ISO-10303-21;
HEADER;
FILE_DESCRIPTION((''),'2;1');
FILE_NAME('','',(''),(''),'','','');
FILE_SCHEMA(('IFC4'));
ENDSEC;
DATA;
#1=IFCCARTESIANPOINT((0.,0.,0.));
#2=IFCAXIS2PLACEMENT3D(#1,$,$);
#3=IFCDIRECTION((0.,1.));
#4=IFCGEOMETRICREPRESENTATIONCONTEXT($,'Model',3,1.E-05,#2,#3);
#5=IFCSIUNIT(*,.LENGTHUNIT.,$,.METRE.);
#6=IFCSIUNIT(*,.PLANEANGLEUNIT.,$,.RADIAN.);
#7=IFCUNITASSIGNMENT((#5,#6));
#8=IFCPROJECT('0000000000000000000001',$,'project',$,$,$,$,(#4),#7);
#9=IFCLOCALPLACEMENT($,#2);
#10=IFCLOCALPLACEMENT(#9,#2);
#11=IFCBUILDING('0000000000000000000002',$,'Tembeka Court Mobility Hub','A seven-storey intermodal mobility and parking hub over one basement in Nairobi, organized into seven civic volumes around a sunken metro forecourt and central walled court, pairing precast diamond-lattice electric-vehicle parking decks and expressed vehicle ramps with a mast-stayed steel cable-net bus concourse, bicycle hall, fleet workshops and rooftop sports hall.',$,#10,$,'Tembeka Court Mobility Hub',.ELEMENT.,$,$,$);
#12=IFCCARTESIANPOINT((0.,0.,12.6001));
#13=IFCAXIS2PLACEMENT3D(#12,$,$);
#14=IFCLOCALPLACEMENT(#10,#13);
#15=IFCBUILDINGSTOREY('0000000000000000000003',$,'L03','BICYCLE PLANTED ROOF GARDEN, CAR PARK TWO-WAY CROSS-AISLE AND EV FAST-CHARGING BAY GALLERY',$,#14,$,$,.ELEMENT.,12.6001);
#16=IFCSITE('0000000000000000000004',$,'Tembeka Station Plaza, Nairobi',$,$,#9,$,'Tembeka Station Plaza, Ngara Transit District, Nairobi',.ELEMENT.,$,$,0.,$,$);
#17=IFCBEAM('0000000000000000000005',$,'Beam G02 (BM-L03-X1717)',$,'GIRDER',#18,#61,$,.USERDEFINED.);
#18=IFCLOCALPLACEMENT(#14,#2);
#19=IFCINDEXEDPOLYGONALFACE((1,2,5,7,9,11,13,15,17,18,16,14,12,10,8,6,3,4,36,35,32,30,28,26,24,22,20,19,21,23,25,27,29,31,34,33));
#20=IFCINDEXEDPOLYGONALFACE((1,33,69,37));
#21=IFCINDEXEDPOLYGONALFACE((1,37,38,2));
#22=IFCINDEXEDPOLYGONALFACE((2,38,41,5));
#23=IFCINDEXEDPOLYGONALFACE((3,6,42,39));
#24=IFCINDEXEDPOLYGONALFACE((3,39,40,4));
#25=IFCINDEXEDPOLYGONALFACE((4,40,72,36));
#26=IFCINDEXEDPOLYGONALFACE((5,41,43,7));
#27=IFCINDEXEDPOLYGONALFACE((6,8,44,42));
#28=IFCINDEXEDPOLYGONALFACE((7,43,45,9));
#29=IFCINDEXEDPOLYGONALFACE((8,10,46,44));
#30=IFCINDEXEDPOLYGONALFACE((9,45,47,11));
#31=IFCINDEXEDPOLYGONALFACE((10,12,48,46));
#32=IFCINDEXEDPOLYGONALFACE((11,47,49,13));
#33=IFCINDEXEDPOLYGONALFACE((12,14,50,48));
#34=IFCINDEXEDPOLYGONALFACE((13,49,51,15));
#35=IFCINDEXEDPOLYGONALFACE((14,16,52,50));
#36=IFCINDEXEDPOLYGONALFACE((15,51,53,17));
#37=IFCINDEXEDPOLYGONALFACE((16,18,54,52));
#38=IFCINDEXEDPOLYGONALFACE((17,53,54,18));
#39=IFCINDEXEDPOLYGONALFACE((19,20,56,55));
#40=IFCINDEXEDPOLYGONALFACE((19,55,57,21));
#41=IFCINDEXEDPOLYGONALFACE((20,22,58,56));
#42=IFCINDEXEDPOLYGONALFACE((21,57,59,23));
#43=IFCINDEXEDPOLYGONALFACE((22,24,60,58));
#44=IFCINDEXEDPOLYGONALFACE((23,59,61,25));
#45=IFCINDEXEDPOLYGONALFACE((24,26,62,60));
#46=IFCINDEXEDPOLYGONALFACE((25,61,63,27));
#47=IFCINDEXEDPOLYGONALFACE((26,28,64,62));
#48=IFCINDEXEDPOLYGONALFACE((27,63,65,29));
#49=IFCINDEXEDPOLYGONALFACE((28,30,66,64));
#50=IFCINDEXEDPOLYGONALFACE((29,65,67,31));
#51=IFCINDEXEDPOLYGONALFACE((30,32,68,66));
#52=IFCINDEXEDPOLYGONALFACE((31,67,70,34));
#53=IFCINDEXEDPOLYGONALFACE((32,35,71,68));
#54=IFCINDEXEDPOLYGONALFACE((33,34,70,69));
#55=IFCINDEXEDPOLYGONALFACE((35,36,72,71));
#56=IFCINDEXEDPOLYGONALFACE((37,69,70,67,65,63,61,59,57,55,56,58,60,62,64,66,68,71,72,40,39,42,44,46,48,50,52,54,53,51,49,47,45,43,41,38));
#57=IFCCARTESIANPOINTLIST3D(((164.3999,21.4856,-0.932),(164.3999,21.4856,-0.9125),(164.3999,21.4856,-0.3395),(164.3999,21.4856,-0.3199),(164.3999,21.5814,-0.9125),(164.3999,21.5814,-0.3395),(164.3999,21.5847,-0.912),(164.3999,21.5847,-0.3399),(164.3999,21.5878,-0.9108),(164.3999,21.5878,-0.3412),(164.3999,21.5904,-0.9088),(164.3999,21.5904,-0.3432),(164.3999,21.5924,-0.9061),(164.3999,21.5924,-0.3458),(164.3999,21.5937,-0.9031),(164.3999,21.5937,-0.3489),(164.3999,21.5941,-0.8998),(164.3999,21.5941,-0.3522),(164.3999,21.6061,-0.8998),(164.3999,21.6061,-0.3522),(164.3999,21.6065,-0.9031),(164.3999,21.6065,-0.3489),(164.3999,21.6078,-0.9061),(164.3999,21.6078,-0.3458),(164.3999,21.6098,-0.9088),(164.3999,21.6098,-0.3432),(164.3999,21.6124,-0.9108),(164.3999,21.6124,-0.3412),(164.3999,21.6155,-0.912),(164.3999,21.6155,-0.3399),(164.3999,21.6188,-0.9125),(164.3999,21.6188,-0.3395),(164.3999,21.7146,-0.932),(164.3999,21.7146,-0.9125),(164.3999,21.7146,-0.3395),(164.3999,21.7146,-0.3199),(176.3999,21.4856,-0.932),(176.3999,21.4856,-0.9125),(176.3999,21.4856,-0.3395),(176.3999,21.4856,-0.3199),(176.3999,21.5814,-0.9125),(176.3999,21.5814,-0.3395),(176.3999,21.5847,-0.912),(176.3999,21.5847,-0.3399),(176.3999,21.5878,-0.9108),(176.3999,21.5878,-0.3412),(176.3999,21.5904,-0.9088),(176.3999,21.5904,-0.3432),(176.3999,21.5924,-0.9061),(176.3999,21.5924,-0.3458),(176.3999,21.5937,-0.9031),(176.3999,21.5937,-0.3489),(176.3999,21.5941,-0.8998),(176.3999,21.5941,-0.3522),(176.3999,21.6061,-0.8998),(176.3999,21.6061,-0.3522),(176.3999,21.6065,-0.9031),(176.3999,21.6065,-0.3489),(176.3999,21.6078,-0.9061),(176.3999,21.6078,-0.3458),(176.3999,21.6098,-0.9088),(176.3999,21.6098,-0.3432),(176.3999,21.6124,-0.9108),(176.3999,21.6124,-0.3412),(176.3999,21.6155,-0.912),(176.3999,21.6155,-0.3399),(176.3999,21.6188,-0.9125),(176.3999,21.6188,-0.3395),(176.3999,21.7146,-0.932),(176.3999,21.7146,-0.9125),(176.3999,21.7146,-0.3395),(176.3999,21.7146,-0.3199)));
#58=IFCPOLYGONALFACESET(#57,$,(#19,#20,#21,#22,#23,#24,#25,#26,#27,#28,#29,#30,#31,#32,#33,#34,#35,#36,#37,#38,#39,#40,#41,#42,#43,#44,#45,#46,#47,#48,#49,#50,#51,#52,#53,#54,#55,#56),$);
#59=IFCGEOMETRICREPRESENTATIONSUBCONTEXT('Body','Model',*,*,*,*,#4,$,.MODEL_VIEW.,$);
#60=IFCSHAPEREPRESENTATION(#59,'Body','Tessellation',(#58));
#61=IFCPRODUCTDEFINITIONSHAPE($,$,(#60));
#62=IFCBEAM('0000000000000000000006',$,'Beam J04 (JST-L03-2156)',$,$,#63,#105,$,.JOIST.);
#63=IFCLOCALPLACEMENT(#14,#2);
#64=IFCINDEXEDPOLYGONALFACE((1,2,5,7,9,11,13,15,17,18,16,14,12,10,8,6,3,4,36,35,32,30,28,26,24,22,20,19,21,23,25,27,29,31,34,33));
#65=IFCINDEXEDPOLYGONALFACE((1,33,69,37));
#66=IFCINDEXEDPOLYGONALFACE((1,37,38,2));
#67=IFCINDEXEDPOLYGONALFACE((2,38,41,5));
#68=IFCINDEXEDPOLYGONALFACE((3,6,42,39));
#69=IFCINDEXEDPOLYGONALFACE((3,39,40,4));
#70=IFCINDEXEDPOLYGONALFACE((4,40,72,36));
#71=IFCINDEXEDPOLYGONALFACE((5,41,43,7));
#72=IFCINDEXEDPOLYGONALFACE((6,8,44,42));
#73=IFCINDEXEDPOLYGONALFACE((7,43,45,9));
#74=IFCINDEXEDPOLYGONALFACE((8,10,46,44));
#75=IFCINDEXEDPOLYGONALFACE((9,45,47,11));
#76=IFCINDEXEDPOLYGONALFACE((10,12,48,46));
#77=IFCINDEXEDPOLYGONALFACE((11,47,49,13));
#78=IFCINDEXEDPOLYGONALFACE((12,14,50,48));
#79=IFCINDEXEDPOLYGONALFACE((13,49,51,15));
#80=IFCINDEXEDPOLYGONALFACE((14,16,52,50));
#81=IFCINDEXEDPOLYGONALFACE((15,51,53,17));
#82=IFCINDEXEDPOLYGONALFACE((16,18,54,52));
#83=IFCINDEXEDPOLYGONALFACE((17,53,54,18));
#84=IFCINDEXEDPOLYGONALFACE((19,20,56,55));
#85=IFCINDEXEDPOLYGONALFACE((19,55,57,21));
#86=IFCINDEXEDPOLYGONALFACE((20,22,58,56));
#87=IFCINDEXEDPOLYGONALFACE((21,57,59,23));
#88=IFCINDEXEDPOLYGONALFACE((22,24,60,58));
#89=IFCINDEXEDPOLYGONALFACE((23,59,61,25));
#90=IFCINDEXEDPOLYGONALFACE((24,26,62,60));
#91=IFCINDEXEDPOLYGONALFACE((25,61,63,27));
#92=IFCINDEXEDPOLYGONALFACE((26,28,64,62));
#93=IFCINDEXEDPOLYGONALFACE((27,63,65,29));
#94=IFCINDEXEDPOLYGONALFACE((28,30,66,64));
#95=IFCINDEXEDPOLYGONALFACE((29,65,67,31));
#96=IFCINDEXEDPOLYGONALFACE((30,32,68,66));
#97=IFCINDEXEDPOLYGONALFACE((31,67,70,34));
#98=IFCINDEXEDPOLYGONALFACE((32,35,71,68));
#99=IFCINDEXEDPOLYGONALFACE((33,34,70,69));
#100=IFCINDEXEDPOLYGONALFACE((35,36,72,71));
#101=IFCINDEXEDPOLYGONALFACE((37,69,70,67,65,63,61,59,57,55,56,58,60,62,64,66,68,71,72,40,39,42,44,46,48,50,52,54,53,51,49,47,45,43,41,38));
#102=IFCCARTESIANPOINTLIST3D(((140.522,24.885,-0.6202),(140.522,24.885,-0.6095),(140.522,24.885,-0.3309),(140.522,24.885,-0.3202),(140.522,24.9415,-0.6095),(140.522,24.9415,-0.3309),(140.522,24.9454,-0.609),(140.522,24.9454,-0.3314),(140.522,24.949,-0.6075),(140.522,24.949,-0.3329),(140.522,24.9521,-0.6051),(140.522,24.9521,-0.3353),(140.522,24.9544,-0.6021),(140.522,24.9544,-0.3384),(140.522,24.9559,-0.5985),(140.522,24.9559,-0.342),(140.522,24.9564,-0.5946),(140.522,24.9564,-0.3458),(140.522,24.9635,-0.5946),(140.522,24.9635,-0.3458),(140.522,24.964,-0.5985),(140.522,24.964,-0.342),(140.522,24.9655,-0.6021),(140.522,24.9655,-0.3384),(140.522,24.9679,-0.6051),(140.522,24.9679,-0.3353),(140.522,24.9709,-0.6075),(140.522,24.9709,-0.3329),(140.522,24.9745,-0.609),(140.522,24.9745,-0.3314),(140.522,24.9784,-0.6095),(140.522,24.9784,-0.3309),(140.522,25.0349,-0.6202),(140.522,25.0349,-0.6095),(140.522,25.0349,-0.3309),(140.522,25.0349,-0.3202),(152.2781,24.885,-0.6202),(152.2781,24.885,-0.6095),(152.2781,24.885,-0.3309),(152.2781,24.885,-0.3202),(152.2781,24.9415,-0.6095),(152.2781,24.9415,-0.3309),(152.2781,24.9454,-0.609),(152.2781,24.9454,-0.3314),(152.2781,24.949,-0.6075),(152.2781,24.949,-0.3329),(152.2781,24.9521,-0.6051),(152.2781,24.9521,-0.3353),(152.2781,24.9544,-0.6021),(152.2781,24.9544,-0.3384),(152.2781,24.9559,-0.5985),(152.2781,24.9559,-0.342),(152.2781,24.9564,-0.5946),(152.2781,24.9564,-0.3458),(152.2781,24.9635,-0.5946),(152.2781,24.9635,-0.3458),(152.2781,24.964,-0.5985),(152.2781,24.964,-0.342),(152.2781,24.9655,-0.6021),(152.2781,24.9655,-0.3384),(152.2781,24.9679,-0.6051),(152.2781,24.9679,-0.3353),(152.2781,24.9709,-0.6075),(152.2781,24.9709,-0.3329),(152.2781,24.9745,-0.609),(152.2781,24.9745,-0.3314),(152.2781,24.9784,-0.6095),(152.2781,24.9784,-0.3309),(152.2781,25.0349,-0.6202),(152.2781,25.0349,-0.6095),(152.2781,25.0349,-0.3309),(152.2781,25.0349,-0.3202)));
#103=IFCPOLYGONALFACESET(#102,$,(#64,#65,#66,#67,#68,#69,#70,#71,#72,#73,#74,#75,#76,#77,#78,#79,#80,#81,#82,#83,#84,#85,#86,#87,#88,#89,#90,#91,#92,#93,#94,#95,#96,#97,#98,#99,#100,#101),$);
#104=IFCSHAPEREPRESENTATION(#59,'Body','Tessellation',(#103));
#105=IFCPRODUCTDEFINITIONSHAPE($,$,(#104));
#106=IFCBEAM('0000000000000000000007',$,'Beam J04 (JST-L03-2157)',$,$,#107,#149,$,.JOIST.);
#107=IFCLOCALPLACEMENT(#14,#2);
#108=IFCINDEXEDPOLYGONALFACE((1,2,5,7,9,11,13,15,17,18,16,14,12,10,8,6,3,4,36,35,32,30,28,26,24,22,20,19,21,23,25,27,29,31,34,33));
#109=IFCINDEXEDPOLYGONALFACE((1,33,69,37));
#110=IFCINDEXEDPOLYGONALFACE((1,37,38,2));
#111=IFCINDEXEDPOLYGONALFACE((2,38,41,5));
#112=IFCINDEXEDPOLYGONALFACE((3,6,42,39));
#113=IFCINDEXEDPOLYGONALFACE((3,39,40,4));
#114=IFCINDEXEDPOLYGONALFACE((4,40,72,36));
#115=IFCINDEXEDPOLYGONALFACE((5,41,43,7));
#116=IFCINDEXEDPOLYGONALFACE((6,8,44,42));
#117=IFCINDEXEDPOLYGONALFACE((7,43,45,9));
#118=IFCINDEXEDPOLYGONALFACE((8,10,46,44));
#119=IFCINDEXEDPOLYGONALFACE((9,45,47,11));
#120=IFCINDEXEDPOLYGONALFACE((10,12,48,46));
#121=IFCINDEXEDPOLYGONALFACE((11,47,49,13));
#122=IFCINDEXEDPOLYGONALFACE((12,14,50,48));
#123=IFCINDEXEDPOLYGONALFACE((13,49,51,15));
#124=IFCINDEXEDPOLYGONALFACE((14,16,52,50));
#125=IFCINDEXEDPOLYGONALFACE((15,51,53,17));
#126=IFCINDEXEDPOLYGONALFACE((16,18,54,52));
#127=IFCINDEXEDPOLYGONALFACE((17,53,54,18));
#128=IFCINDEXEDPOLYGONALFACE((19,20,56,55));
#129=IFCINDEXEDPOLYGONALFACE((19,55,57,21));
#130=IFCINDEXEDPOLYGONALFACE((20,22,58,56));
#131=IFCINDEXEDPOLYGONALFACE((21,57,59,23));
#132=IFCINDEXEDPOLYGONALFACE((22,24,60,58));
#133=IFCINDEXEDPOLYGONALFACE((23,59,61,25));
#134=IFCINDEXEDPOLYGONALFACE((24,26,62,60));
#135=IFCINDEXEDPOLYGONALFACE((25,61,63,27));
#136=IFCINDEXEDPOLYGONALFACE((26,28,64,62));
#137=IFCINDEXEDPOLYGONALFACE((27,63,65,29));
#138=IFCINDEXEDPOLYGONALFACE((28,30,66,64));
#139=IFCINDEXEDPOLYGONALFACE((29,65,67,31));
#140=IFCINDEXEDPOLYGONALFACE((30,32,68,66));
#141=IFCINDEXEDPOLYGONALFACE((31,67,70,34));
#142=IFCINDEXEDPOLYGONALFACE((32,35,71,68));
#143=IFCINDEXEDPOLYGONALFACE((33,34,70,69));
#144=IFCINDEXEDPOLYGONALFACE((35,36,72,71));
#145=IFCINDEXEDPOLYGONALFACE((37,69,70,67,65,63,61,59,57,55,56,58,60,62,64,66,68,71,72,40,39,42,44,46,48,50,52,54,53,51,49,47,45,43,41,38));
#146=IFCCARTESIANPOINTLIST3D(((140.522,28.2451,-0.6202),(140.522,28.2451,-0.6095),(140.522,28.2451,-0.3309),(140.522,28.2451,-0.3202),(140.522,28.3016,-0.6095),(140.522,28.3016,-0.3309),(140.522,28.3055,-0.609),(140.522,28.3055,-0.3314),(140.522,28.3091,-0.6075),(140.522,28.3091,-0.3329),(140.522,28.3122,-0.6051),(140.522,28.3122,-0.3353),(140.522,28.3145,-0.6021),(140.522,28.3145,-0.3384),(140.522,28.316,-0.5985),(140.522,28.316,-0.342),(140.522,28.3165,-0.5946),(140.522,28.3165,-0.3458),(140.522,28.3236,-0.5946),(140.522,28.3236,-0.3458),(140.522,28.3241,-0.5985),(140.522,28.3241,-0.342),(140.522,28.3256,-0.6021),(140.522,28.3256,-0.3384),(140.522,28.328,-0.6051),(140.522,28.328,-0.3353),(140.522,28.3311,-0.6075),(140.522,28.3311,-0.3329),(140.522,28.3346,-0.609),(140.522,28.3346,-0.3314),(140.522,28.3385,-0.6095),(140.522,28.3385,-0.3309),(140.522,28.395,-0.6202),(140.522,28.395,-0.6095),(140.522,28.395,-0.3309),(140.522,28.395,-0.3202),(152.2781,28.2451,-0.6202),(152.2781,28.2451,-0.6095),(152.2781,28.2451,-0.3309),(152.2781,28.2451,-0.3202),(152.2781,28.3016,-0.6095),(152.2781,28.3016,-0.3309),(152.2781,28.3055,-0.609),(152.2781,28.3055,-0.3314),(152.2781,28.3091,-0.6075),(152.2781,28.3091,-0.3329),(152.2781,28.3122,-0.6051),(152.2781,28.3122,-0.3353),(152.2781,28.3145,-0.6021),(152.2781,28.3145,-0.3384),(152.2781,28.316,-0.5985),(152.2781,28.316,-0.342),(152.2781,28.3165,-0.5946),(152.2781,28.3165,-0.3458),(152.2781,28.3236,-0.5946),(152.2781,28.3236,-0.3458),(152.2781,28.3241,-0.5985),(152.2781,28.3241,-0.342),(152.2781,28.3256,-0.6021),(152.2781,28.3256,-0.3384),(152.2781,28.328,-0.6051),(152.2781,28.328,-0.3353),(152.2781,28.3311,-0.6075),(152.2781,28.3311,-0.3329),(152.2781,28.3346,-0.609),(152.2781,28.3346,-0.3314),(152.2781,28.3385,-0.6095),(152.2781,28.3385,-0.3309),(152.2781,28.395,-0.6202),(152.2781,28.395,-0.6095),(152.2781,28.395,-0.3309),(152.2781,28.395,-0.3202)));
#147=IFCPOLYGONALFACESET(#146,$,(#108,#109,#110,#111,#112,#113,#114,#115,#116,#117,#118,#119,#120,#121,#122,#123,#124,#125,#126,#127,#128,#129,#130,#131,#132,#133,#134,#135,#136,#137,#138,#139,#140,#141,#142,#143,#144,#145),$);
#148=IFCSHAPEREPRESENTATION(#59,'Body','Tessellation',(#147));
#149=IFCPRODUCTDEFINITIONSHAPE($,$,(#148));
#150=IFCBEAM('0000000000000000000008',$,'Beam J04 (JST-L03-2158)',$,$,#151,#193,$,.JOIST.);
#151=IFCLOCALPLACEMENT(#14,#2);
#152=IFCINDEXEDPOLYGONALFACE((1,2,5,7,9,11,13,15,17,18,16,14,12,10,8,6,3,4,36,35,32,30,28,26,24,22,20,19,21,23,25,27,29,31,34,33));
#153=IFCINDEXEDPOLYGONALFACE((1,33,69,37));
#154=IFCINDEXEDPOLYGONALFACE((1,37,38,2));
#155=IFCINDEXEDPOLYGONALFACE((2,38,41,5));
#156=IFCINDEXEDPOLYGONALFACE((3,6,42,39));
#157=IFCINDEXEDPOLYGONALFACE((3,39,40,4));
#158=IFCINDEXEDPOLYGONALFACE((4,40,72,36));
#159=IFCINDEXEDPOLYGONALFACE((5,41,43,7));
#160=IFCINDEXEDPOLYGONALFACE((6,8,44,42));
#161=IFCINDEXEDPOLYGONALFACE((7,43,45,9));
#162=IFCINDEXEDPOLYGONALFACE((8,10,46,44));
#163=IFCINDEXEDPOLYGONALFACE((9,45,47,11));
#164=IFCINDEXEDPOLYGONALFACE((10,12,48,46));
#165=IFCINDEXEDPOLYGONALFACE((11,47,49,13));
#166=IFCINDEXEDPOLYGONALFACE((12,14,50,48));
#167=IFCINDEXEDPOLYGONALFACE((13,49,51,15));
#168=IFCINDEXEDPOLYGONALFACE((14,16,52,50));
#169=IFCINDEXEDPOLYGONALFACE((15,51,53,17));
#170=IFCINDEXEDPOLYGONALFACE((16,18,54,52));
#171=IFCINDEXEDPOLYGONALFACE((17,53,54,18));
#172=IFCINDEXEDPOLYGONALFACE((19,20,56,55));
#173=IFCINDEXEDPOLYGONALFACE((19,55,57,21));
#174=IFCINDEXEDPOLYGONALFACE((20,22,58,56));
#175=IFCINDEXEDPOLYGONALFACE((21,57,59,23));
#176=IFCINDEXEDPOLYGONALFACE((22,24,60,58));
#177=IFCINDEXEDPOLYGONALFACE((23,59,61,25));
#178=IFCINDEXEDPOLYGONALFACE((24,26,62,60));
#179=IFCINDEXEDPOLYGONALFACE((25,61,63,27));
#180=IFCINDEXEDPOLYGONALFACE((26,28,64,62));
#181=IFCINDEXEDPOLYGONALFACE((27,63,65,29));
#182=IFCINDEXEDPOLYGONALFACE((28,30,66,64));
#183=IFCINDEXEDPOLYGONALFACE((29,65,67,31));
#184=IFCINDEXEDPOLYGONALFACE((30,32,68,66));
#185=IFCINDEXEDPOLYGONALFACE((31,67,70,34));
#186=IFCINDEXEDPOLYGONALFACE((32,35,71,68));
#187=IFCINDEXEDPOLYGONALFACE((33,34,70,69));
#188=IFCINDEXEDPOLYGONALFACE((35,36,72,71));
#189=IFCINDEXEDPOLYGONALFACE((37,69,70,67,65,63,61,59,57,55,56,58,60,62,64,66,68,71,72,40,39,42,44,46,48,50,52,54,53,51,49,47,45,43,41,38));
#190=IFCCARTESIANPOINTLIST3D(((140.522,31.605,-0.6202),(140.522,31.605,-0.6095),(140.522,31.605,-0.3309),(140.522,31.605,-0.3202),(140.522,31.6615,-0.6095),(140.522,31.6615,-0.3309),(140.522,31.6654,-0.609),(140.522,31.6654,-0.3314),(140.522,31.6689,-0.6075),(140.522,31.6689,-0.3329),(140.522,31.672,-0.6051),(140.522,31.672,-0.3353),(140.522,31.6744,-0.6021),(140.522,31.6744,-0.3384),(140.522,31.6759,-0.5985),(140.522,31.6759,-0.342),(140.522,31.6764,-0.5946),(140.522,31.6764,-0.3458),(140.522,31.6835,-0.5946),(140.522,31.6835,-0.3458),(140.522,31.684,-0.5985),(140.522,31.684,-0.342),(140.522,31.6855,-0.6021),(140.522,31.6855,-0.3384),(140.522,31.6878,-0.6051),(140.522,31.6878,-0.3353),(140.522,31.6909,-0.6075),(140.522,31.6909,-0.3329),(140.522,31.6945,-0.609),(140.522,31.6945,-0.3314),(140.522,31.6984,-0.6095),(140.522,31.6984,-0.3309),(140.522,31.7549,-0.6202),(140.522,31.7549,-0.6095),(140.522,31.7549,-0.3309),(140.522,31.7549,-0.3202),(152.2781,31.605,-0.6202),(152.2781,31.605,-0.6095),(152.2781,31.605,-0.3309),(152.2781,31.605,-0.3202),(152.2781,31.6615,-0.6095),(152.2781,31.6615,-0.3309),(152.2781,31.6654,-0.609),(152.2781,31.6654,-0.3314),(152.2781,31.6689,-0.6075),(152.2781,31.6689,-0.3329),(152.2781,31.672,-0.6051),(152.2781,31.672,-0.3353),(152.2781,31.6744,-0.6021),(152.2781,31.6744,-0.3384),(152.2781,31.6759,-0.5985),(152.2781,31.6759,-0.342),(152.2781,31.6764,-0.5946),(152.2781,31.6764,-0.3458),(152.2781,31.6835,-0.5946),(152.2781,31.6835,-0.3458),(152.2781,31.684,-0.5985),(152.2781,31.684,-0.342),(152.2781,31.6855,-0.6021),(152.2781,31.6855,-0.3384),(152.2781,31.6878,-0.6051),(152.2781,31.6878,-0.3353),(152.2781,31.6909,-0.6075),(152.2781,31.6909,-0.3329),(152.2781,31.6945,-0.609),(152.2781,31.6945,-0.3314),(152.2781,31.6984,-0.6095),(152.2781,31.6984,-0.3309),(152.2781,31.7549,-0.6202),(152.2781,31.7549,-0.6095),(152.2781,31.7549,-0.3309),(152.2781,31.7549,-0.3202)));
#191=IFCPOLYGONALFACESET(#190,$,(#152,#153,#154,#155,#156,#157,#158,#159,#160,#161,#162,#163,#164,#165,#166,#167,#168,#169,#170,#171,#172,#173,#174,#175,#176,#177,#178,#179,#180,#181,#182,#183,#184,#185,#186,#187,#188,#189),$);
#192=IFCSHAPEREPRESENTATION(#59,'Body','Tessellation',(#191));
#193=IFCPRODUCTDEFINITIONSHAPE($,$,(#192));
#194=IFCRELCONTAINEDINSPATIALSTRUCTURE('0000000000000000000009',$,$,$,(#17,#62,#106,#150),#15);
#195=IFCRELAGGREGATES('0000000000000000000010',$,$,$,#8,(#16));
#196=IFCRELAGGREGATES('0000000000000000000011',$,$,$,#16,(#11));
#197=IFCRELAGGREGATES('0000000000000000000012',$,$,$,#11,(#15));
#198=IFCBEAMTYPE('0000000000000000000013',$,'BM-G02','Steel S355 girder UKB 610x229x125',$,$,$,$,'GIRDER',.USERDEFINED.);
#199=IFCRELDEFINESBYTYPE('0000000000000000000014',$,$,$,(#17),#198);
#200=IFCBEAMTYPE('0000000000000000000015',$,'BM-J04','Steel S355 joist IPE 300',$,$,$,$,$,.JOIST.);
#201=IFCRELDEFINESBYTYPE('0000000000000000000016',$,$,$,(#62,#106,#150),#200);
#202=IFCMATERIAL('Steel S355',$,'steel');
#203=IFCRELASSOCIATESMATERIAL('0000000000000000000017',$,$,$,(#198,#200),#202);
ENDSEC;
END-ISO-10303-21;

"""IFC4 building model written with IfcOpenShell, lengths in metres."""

from ifc_helpers import new_model, si_unit, direction, frame, origin, origin_2d, place, context, subcontext, project, spatial, i_section, extrude, material, material_profile, profile_set, type_object, element, save


model = new_model("IFC4")

# Units and contexts
model_context = context("Model", 3, precision=1e-05, world=origin(), true_north=direction((0.0, 1.0)))
body_context = subcontext(model_context, "Body", "Model", "MODEL_VIEW")
ifc_project = project(units=[si_unit("LENGTHUNIT", "METRE"), si_unit("PLANEANGLEUNIT", "RADIAN")], contexts=[model_context])

# Site, building, storey
site_placement = place(None, origin())
site = spatial("IfcSite", under=ifc_project, at=site_placement, Name="Tembeka Station Plaza, Nairobi", LongName="Tembeka Station Plaza, Ngara Transit District, Nairobi", CompositionType="ELEMENT", RefElevation=0.0)
building_placement = place(site_placement, origin())
building = spatial("IfcBuilding", under=site, at=building_placement, Name="Tembeka Court Mobility Hub", Description="A seven-storey intermodal mobility and parking hub over one basement in Nairobi, organized into seven civic volumes around a sunken metro forecourt and central walled court, pairing precast diamond-lattice electric-vehicle parking decks and expressed vehicle ramps with a mast-stayed steel cable-net bus concourse, bicycle hall, fleet workshops and rooftop sports hall.", LongName="Tembeka Court Mobility Hub", CompositionType="ELEMENT")
storey_placement = place(building_placement, frame((0.0, 0.0, 12.6001)))
storey = spatial("IfcBuildingStorey", under=building, at=storey_placement, Name="L03", Description="BICYCLE PLANTED ROOF GARDEN, CAR PARK TWO-WAY CROSS-AISLE AND EV FAST-CHARGING BAY GALLERY", CompositionType="ELEMENT", Elevation=12.6001)

# Shared definitions
ifc_material_1 = material(Name="Steel S355", Category="steel")

# Beams
ifc_material_profile_1 = material_profile(ifc_material_1, i_section(OverallWidth=0.229, OverallDepth=0.6121, WebThickness=0.012, FlangeThickness=0.0195, FilletRadius=0.0127, at=origin_2d()), Name="UKB 610x229x125")
ifc_profile_set_1 = profile_set([ifc_material_profile_1], Name="Steel S355")
beam_type_1 = type_object("IfcBeamType", Name="BM-G02", Description="Steel S355 girder UKB 610x229x125", ElementType="GIRDER", PredefinedType="USERDEFINED", material=ifc_profile_set_1)
for number, where, z_axis, x_axis, name in (
    (1, (164.3999, 21.6001, -0.626), (1.0, 0.0, 0.0), (0.0, 1.0, 0.0), "Beam G02 (BM-L03-X1717)"),
):
    element("IfcBeam", number, at=place(storey_placement, frame(where, z_axis=z_axis, x_axis=x_axis)), inside=storey, type_object=beam_type_1, Name=name, ObjectType="GIRDER", PredefinedType="USERDEFINED", context=body_context, shape_type="SweptSolid", body=[
        extrude(i_section(OverallWidth=0.229, OverallDepth=0.6121, WebThickness=0.012, FlangeThickness=0.0195, FilletRadius=0.0127, at=origin_2d()), origin(), (0.0, 0.0, 1.0), 12.0),
    ])
ifc_material_profile_2 = material_profile(ifc_material_1, i_section(OverallWidth=0.1499, OverallDepth=0.3, WebThickness=0.0071, FlangeThickness=0.0107, FilletRadius=0.0149, at=origin_2d()), Name="IPE 300")
ifc_profile_set_2 = profile_set([ifc_material_profile_2], Name="Steel S355")
beam_type_2 = type_object("IfcBeamType", Name="BM-J04", Description="Steel S355 joist IPE 300", PredefinedType="JOIST", material=ifc_profile_set_2)
for number, where, z_axis, x_axis, name in (
    (2, (140.522, 24.96, -0.4702), (1.0, 0.0, 0.0), (0.0, 1.0, 0.0), "Beam J04 (JST-L03-2156)"),
    (3, (140.522, 28.3201, -0.4702), (1.0, 0.0, 0.0), (0.0, 1.0, 0.0), "Beam J04 (JST-L03-2157)"),
    (4, (140.522, 31.6799, -0.4702), (1.0, 0.0, 0.0), (0.0, 1.0, 0.0), "Beam J04 (JST-L03-2158)"),
):
    element("IfcBeam", number, at=place(storey_placement, frame(where, z_axis=z_axis, x_axis=x_axis)), inside=storey, type_object=beam_type_2, Name=name, PredefinedType="JOIST", context=body_context, shape_type="SweptSolid", body=[
        extrude(i_section(OverallWidth=0.1499, OverallDepth=0.3, WebThickness=0.0071, FlangeThickness=0.0107, FilletRadius=0.0149, at=origin_2d()), origin(), (0.0, 0.0, 1.0), 11.7561),
    ])

save(model, "model.ifc")
